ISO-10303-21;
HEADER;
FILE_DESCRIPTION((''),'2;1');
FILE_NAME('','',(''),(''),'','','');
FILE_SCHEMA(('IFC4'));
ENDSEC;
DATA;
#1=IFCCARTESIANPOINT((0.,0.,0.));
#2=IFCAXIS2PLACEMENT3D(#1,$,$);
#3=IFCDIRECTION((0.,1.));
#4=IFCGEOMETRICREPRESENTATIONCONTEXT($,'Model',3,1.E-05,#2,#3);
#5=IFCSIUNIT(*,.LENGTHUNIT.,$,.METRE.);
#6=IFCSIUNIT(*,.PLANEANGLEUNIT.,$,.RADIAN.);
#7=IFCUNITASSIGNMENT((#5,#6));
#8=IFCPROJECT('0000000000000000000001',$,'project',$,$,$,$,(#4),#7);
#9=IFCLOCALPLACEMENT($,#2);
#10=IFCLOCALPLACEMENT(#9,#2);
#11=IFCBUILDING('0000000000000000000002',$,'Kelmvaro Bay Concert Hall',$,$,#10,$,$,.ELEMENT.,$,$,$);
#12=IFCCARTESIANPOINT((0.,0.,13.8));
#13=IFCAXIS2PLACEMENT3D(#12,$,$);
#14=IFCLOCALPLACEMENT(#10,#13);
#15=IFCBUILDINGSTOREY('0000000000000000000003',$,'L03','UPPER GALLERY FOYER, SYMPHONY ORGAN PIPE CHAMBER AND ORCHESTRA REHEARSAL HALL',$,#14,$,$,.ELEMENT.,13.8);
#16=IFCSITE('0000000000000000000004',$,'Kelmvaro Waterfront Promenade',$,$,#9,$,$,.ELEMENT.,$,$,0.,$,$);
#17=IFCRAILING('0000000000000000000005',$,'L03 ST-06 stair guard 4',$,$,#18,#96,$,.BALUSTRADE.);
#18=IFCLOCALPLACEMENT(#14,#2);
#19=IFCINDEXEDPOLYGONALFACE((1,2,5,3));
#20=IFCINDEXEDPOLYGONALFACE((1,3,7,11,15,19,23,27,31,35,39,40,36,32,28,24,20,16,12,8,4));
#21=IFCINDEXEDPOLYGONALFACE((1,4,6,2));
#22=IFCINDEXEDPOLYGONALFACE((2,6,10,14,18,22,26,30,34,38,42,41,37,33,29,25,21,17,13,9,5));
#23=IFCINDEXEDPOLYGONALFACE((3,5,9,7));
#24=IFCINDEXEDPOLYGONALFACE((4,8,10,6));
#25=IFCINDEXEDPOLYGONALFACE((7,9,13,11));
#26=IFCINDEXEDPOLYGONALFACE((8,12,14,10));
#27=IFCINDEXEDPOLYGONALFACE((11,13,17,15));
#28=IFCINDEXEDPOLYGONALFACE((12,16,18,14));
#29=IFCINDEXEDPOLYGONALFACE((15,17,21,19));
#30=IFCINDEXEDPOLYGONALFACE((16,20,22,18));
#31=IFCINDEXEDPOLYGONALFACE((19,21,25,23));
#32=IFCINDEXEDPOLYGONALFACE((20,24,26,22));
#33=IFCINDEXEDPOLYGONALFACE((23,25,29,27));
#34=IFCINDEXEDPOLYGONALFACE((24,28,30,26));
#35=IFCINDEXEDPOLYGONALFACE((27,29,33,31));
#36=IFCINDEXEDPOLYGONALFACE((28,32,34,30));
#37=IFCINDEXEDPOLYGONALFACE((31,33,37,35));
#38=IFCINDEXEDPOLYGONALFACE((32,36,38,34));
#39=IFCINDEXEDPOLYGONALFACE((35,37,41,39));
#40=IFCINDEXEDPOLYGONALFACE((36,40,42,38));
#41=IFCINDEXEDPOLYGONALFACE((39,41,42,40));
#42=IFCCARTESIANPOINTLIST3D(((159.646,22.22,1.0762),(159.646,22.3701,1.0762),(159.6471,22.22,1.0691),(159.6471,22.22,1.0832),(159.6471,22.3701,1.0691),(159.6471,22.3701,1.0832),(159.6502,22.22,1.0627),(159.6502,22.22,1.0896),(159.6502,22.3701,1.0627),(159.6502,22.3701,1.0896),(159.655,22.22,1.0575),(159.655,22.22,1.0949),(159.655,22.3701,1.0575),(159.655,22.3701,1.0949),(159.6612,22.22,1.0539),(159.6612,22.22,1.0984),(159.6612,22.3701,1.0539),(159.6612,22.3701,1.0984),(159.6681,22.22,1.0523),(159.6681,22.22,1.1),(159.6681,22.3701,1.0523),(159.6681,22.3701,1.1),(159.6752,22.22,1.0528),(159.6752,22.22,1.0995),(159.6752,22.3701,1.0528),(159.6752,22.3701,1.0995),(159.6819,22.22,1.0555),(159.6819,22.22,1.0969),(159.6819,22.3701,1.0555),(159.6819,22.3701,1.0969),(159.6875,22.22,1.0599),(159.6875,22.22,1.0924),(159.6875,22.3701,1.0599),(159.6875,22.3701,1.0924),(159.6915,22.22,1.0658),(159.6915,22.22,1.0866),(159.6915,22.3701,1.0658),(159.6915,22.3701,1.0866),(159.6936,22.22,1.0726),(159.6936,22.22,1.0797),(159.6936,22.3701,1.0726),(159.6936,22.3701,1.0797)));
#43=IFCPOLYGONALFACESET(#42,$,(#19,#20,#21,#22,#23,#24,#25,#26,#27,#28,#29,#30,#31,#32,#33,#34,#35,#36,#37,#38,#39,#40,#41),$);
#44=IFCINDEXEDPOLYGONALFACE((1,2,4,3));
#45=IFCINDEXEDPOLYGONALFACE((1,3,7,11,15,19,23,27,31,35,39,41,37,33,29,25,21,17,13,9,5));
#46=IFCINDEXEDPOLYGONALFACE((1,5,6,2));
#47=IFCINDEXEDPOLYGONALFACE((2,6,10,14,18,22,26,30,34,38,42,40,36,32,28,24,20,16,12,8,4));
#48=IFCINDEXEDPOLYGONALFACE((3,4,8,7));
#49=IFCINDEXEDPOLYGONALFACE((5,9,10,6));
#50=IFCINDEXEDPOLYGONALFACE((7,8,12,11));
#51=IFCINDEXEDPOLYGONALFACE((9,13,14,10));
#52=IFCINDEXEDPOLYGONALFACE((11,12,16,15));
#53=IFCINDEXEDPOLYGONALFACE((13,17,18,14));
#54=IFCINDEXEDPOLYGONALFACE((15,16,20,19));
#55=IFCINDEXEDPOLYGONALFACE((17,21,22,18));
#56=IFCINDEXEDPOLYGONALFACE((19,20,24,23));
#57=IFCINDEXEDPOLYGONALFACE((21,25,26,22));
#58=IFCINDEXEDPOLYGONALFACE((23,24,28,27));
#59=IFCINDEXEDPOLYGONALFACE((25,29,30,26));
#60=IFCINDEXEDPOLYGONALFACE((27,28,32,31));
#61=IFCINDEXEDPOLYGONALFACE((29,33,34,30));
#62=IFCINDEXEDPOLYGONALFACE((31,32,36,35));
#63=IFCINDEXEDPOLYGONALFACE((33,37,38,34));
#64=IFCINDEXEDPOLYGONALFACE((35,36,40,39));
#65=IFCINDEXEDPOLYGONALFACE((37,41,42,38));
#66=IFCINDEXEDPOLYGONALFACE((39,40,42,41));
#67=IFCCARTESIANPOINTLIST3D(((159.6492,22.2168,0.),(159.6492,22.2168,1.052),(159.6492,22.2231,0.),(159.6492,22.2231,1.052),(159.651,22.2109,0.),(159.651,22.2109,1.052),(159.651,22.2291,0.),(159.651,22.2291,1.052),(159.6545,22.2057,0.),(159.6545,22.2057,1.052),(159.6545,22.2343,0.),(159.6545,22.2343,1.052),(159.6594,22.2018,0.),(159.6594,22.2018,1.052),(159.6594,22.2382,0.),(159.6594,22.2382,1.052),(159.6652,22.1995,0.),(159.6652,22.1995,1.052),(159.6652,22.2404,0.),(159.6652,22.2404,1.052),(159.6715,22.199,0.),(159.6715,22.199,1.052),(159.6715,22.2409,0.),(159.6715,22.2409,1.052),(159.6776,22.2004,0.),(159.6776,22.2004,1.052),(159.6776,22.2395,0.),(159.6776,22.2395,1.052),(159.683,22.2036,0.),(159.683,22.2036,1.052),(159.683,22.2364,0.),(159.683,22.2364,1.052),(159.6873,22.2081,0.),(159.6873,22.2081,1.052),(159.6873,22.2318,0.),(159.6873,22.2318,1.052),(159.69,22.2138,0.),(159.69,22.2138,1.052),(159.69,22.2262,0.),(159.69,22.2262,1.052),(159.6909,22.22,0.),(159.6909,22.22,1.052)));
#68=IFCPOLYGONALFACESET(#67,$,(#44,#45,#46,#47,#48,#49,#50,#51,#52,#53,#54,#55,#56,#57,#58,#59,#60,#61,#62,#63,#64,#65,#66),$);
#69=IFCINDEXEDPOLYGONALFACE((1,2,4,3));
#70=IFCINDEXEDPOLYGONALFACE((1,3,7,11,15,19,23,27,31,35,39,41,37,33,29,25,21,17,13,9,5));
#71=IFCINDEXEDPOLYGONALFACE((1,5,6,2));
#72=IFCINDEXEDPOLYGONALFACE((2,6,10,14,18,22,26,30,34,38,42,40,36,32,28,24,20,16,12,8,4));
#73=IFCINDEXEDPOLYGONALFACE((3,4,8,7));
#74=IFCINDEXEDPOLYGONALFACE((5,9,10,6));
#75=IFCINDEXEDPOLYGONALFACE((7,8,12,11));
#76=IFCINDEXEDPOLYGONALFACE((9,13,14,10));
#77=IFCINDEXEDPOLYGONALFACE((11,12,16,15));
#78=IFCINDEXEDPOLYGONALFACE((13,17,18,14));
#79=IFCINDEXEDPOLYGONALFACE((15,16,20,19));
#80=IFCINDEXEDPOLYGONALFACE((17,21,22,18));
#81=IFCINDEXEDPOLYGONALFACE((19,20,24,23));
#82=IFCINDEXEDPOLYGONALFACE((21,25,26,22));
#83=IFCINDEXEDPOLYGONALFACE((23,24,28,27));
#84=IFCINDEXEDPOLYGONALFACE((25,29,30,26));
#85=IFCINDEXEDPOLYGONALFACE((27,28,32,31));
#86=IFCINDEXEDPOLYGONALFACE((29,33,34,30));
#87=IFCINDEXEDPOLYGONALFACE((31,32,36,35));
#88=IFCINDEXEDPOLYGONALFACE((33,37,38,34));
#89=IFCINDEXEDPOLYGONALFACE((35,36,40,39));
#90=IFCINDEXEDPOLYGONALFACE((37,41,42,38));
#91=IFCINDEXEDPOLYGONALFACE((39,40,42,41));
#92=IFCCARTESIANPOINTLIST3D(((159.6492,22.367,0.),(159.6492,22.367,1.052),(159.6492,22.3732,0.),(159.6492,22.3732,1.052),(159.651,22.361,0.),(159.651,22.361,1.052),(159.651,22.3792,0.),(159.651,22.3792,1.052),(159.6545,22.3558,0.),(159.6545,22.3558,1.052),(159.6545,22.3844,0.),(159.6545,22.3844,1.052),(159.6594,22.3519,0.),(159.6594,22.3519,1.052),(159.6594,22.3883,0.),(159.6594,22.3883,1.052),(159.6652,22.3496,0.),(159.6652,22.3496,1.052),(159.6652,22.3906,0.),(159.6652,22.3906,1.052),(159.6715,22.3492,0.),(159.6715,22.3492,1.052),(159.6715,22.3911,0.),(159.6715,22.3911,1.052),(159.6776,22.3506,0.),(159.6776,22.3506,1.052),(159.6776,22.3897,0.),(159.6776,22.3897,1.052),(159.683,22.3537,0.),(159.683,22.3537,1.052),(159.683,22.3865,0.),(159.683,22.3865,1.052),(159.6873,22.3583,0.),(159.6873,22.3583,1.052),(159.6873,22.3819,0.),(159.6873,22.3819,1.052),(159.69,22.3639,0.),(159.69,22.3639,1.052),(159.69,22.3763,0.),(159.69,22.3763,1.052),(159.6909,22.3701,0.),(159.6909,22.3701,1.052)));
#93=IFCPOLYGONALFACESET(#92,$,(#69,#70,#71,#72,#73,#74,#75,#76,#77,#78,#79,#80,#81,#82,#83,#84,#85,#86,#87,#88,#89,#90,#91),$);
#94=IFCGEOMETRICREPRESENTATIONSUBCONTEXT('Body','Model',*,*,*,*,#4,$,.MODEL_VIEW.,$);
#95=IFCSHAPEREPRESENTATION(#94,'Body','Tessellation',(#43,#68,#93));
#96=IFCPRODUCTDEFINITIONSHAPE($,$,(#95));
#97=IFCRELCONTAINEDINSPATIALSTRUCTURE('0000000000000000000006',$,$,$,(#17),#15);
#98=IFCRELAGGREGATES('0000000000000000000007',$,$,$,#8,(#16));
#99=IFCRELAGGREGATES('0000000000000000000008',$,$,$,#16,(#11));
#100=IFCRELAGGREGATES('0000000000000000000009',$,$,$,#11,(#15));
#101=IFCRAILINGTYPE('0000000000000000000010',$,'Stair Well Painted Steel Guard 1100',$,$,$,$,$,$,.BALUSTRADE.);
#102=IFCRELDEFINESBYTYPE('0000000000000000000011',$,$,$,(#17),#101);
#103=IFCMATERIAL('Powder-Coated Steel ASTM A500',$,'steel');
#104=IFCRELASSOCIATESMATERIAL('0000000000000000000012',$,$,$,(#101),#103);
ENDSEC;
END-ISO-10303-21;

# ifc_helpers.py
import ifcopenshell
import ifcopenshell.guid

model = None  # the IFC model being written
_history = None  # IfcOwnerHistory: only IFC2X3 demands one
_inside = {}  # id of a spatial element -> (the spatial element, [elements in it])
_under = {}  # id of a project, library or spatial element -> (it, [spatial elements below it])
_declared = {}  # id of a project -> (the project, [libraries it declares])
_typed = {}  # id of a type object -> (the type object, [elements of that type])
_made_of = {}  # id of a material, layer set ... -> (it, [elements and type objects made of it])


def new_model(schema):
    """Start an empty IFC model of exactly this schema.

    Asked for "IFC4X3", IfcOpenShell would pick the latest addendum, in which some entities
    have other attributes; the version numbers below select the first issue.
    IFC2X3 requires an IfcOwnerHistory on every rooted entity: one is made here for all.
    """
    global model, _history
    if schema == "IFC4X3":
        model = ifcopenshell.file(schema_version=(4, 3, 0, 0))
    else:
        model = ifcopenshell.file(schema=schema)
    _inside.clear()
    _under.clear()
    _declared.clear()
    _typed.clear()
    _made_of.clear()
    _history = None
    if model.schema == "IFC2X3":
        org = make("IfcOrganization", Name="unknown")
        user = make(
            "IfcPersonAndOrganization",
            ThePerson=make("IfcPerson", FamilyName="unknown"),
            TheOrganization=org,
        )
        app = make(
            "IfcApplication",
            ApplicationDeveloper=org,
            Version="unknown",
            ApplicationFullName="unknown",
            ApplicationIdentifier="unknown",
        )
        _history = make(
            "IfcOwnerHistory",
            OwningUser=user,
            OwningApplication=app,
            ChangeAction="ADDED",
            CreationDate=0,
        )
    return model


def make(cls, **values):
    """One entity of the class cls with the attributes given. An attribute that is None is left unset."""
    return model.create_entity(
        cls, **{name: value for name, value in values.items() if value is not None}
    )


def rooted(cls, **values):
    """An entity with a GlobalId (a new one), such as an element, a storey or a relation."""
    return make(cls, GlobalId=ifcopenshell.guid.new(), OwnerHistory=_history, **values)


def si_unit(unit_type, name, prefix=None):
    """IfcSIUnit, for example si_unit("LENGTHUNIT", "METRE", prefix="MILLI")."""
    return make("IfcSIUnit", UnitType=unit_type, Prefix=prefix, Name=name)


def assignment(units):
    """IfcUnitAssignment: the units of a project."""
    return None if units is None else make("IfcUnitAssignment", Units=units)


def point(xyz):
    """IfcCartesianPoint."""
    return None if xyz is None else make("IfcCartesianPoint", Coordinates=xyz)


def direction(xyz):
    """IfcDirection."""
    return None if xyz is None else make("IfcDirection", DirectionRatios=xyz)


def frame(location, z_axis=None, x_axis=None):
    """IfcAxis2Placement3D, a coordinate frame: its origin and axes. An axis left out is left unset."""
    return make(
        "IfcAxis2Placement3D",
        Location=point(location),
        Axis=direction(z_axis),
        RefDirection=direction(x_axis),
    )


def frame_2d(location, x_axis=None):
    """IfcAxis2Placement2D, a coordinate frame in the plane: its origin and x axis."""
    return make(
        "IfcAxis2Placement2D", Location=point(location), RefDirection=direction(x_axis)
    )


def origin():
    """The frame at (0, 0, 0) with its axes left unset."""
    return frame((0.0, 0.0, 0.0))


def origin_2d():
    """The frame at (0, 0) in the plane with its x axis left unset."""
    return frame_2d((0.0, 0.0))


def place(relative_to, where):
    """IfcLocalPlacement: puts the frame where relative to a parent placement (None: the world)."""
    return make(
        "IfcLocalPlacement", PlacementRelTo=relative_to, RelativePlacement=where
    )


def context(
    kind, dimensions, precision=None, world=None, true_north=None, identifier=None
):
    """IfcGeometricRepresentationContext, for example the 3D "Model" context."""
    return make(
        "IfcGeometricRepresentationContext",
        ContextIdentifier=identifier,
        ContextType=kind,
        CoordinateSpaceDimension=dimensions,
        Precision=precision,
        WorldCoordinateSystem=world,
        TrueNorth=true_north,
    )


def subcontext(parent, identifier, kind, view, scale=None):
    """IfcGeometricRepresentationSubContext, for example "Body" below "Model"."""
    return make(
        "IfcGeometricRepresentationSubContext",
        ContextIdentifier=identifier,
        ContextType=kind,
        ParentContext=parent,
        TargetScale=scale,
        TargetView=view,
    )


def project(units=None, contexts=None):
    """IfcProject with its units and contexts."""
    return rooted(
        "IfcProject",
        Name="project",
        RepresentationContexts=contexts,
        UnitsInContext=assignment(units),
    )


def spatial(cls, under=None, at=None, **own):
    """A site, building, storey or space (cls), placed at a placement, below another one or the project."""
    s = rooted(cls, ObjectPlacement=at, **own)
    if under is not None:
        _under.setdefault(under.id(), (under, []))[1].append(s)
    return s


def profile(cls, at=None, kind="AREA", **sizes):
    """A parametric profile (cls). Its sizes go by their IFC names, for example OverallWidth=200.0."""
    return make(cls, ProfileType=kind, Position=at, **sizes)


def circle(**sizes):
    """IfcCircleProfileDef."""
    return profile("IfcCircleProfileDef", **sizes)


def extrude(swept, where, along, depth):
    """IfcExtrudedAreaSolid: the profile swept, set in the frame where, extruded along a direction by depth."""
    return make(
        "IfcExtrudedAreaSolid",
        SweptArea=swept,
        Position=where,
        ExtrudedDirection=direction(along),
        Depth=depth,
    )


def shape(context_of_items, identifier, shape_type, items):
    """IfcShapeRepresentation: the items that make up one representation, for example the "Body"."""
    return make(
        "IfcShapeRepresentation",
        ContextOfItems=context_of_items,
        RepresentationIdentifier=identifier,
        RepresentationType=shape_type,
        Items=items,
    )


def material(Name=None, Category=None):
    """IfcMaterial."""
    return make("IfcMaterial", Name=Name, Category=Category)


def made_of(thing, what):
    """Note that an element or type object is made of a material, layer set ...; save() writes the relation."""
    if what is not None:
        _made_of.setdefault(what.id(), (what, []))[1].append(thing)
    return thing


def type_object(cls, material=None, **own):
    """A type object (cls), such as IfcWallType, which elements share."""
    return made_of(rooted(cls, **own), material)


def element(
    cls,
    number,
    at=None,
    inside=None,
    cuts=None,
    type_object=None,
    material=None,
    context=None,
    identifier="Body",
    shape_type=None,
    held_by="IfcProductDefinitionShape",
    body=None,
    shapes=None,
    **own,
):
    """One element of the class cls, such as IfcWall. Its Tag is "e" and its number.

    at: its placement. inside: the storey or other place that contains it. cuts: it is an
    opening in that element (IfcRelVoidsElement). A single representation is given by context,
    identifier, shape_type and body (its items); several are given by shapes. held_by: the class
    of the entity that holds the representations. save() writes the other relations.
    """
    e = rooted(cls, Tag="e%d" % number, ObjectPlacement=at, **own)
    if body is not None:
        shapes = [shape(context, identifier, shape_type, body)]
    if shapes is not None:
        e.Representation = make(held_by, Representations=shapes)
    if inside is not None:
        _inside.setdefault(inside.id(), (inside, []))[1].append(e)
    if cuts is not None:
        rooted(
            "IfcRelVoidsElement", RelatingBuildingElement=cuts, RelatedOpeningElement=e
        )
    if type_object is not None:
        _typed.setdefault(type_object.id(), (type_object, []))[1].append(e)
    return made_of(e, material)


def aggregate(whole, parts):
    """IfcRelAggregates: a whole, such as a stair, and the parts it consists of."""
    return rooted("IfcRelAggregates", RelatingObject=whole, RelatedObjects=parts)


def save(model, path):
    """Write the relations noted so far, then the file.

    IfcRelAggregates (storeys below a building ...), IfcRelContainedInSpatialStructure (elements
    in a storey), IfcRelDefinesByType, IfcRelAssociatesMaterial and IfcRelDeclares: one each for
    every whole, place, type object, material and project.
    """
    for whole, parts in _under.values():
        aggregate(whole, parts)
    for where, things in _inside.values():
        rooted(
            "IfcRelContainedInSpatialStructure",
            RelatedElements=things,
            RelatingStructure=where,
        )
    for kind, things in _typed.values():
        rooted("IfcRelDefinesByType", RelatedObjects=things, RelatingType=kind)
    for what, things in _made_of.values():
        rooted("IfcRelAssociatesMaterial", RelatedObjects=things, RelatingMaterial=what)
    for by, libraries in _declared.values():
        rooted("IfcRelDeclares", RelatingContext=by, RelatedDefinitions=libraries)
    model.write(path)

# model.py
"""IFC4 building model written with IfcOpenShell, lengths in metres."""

from ifc_helpers import new_model, si_unit, direction, frame, origin, origin_2d, place, context, subcontext, project, spatial, circle, extrude, material, type_object, element, save


model = new_model("IFC4")

# Units and contexts
model_context = context("Model", 3, precision=1e-05, world=origin(), true_north=direction((0.0, 1.0)))
body_context = subcontext(model_context, "Body", "Model", "MODEL_VIEW")
ifc_project = project(units=[si_unit("LENGTHUNIT", "METRE"), si_unit("PLANEANGLEUNIT", "RADIAN")], contexts=[model_context])

# Site, building, storey
site_placement = place(None, origin())
site = spatial("IfcSite", under=ifc_project, at=site_placement, Name="Kelmvaro Waterfront Promenade", CompositionType="ELEMENT", RefElevation=0.0)
building_placement = place(site_placement, origin())
building = spatial("IfcBuilding", under=site, at=building_placement, Name="Kelmvaro Bay Concert Hall", CompositionType="ELEMENT")
storey_placement = place(building_placement, frame((0.0, 0.0, 13.8)))
storey = spatial("IfcBuildingStorey", under=building, at=storey_placement, Name="L03", Description="UPPER GALLERY FOYER, SYMPHONY ORGAN PIPE CHAMBER AND ORCHESTRA REHEARSAL HALL", CompositionType="ELEMENT", Elevation=13.8)

# Railing
ifc_material_1 = material(Name="Powder-Coated Steel ASTM A500", Category="steel")
railing_type_1 = type_object("IfcRailingType", Name="Stair Well Painted Steel Guard 1100", PredefinedType="BALUSTRADE", material=ifc_material_1)
railing_1_placement = place(storey_placement, frame((159.6699, 22.22, 0.0)))
element("IfcRailing", 1, at=railing_1_placement, inside=storey, type_object=railing_type_1, Name="L03 ST-06 stair guard 4", PredefinedType="BALUSTRADE", context=body_context, shape_type="SweptSolid", body=[
    extrude(circle(Radius=0.0239, at=origin_2d()), frame((0.0, 0.0, 1.0762), z_axis=(0.0, 1.0, 0.0), x_axis=(-1.0, 0.0, 0.0)), (0.0, 0.0, 1.0), 0.1501),
    extrude(circle(Radius=0.021, at=origin_2d()), origin(), (0.0, 0.0, 1.0), 1.052),
    extrude(circle(Radius=0.021, at=origin_2d()), frame((0.0, 0.1501, 0.0)), (0.0, 0.0, 1.0), 1.052),
])

save(model, "model.ifc")
